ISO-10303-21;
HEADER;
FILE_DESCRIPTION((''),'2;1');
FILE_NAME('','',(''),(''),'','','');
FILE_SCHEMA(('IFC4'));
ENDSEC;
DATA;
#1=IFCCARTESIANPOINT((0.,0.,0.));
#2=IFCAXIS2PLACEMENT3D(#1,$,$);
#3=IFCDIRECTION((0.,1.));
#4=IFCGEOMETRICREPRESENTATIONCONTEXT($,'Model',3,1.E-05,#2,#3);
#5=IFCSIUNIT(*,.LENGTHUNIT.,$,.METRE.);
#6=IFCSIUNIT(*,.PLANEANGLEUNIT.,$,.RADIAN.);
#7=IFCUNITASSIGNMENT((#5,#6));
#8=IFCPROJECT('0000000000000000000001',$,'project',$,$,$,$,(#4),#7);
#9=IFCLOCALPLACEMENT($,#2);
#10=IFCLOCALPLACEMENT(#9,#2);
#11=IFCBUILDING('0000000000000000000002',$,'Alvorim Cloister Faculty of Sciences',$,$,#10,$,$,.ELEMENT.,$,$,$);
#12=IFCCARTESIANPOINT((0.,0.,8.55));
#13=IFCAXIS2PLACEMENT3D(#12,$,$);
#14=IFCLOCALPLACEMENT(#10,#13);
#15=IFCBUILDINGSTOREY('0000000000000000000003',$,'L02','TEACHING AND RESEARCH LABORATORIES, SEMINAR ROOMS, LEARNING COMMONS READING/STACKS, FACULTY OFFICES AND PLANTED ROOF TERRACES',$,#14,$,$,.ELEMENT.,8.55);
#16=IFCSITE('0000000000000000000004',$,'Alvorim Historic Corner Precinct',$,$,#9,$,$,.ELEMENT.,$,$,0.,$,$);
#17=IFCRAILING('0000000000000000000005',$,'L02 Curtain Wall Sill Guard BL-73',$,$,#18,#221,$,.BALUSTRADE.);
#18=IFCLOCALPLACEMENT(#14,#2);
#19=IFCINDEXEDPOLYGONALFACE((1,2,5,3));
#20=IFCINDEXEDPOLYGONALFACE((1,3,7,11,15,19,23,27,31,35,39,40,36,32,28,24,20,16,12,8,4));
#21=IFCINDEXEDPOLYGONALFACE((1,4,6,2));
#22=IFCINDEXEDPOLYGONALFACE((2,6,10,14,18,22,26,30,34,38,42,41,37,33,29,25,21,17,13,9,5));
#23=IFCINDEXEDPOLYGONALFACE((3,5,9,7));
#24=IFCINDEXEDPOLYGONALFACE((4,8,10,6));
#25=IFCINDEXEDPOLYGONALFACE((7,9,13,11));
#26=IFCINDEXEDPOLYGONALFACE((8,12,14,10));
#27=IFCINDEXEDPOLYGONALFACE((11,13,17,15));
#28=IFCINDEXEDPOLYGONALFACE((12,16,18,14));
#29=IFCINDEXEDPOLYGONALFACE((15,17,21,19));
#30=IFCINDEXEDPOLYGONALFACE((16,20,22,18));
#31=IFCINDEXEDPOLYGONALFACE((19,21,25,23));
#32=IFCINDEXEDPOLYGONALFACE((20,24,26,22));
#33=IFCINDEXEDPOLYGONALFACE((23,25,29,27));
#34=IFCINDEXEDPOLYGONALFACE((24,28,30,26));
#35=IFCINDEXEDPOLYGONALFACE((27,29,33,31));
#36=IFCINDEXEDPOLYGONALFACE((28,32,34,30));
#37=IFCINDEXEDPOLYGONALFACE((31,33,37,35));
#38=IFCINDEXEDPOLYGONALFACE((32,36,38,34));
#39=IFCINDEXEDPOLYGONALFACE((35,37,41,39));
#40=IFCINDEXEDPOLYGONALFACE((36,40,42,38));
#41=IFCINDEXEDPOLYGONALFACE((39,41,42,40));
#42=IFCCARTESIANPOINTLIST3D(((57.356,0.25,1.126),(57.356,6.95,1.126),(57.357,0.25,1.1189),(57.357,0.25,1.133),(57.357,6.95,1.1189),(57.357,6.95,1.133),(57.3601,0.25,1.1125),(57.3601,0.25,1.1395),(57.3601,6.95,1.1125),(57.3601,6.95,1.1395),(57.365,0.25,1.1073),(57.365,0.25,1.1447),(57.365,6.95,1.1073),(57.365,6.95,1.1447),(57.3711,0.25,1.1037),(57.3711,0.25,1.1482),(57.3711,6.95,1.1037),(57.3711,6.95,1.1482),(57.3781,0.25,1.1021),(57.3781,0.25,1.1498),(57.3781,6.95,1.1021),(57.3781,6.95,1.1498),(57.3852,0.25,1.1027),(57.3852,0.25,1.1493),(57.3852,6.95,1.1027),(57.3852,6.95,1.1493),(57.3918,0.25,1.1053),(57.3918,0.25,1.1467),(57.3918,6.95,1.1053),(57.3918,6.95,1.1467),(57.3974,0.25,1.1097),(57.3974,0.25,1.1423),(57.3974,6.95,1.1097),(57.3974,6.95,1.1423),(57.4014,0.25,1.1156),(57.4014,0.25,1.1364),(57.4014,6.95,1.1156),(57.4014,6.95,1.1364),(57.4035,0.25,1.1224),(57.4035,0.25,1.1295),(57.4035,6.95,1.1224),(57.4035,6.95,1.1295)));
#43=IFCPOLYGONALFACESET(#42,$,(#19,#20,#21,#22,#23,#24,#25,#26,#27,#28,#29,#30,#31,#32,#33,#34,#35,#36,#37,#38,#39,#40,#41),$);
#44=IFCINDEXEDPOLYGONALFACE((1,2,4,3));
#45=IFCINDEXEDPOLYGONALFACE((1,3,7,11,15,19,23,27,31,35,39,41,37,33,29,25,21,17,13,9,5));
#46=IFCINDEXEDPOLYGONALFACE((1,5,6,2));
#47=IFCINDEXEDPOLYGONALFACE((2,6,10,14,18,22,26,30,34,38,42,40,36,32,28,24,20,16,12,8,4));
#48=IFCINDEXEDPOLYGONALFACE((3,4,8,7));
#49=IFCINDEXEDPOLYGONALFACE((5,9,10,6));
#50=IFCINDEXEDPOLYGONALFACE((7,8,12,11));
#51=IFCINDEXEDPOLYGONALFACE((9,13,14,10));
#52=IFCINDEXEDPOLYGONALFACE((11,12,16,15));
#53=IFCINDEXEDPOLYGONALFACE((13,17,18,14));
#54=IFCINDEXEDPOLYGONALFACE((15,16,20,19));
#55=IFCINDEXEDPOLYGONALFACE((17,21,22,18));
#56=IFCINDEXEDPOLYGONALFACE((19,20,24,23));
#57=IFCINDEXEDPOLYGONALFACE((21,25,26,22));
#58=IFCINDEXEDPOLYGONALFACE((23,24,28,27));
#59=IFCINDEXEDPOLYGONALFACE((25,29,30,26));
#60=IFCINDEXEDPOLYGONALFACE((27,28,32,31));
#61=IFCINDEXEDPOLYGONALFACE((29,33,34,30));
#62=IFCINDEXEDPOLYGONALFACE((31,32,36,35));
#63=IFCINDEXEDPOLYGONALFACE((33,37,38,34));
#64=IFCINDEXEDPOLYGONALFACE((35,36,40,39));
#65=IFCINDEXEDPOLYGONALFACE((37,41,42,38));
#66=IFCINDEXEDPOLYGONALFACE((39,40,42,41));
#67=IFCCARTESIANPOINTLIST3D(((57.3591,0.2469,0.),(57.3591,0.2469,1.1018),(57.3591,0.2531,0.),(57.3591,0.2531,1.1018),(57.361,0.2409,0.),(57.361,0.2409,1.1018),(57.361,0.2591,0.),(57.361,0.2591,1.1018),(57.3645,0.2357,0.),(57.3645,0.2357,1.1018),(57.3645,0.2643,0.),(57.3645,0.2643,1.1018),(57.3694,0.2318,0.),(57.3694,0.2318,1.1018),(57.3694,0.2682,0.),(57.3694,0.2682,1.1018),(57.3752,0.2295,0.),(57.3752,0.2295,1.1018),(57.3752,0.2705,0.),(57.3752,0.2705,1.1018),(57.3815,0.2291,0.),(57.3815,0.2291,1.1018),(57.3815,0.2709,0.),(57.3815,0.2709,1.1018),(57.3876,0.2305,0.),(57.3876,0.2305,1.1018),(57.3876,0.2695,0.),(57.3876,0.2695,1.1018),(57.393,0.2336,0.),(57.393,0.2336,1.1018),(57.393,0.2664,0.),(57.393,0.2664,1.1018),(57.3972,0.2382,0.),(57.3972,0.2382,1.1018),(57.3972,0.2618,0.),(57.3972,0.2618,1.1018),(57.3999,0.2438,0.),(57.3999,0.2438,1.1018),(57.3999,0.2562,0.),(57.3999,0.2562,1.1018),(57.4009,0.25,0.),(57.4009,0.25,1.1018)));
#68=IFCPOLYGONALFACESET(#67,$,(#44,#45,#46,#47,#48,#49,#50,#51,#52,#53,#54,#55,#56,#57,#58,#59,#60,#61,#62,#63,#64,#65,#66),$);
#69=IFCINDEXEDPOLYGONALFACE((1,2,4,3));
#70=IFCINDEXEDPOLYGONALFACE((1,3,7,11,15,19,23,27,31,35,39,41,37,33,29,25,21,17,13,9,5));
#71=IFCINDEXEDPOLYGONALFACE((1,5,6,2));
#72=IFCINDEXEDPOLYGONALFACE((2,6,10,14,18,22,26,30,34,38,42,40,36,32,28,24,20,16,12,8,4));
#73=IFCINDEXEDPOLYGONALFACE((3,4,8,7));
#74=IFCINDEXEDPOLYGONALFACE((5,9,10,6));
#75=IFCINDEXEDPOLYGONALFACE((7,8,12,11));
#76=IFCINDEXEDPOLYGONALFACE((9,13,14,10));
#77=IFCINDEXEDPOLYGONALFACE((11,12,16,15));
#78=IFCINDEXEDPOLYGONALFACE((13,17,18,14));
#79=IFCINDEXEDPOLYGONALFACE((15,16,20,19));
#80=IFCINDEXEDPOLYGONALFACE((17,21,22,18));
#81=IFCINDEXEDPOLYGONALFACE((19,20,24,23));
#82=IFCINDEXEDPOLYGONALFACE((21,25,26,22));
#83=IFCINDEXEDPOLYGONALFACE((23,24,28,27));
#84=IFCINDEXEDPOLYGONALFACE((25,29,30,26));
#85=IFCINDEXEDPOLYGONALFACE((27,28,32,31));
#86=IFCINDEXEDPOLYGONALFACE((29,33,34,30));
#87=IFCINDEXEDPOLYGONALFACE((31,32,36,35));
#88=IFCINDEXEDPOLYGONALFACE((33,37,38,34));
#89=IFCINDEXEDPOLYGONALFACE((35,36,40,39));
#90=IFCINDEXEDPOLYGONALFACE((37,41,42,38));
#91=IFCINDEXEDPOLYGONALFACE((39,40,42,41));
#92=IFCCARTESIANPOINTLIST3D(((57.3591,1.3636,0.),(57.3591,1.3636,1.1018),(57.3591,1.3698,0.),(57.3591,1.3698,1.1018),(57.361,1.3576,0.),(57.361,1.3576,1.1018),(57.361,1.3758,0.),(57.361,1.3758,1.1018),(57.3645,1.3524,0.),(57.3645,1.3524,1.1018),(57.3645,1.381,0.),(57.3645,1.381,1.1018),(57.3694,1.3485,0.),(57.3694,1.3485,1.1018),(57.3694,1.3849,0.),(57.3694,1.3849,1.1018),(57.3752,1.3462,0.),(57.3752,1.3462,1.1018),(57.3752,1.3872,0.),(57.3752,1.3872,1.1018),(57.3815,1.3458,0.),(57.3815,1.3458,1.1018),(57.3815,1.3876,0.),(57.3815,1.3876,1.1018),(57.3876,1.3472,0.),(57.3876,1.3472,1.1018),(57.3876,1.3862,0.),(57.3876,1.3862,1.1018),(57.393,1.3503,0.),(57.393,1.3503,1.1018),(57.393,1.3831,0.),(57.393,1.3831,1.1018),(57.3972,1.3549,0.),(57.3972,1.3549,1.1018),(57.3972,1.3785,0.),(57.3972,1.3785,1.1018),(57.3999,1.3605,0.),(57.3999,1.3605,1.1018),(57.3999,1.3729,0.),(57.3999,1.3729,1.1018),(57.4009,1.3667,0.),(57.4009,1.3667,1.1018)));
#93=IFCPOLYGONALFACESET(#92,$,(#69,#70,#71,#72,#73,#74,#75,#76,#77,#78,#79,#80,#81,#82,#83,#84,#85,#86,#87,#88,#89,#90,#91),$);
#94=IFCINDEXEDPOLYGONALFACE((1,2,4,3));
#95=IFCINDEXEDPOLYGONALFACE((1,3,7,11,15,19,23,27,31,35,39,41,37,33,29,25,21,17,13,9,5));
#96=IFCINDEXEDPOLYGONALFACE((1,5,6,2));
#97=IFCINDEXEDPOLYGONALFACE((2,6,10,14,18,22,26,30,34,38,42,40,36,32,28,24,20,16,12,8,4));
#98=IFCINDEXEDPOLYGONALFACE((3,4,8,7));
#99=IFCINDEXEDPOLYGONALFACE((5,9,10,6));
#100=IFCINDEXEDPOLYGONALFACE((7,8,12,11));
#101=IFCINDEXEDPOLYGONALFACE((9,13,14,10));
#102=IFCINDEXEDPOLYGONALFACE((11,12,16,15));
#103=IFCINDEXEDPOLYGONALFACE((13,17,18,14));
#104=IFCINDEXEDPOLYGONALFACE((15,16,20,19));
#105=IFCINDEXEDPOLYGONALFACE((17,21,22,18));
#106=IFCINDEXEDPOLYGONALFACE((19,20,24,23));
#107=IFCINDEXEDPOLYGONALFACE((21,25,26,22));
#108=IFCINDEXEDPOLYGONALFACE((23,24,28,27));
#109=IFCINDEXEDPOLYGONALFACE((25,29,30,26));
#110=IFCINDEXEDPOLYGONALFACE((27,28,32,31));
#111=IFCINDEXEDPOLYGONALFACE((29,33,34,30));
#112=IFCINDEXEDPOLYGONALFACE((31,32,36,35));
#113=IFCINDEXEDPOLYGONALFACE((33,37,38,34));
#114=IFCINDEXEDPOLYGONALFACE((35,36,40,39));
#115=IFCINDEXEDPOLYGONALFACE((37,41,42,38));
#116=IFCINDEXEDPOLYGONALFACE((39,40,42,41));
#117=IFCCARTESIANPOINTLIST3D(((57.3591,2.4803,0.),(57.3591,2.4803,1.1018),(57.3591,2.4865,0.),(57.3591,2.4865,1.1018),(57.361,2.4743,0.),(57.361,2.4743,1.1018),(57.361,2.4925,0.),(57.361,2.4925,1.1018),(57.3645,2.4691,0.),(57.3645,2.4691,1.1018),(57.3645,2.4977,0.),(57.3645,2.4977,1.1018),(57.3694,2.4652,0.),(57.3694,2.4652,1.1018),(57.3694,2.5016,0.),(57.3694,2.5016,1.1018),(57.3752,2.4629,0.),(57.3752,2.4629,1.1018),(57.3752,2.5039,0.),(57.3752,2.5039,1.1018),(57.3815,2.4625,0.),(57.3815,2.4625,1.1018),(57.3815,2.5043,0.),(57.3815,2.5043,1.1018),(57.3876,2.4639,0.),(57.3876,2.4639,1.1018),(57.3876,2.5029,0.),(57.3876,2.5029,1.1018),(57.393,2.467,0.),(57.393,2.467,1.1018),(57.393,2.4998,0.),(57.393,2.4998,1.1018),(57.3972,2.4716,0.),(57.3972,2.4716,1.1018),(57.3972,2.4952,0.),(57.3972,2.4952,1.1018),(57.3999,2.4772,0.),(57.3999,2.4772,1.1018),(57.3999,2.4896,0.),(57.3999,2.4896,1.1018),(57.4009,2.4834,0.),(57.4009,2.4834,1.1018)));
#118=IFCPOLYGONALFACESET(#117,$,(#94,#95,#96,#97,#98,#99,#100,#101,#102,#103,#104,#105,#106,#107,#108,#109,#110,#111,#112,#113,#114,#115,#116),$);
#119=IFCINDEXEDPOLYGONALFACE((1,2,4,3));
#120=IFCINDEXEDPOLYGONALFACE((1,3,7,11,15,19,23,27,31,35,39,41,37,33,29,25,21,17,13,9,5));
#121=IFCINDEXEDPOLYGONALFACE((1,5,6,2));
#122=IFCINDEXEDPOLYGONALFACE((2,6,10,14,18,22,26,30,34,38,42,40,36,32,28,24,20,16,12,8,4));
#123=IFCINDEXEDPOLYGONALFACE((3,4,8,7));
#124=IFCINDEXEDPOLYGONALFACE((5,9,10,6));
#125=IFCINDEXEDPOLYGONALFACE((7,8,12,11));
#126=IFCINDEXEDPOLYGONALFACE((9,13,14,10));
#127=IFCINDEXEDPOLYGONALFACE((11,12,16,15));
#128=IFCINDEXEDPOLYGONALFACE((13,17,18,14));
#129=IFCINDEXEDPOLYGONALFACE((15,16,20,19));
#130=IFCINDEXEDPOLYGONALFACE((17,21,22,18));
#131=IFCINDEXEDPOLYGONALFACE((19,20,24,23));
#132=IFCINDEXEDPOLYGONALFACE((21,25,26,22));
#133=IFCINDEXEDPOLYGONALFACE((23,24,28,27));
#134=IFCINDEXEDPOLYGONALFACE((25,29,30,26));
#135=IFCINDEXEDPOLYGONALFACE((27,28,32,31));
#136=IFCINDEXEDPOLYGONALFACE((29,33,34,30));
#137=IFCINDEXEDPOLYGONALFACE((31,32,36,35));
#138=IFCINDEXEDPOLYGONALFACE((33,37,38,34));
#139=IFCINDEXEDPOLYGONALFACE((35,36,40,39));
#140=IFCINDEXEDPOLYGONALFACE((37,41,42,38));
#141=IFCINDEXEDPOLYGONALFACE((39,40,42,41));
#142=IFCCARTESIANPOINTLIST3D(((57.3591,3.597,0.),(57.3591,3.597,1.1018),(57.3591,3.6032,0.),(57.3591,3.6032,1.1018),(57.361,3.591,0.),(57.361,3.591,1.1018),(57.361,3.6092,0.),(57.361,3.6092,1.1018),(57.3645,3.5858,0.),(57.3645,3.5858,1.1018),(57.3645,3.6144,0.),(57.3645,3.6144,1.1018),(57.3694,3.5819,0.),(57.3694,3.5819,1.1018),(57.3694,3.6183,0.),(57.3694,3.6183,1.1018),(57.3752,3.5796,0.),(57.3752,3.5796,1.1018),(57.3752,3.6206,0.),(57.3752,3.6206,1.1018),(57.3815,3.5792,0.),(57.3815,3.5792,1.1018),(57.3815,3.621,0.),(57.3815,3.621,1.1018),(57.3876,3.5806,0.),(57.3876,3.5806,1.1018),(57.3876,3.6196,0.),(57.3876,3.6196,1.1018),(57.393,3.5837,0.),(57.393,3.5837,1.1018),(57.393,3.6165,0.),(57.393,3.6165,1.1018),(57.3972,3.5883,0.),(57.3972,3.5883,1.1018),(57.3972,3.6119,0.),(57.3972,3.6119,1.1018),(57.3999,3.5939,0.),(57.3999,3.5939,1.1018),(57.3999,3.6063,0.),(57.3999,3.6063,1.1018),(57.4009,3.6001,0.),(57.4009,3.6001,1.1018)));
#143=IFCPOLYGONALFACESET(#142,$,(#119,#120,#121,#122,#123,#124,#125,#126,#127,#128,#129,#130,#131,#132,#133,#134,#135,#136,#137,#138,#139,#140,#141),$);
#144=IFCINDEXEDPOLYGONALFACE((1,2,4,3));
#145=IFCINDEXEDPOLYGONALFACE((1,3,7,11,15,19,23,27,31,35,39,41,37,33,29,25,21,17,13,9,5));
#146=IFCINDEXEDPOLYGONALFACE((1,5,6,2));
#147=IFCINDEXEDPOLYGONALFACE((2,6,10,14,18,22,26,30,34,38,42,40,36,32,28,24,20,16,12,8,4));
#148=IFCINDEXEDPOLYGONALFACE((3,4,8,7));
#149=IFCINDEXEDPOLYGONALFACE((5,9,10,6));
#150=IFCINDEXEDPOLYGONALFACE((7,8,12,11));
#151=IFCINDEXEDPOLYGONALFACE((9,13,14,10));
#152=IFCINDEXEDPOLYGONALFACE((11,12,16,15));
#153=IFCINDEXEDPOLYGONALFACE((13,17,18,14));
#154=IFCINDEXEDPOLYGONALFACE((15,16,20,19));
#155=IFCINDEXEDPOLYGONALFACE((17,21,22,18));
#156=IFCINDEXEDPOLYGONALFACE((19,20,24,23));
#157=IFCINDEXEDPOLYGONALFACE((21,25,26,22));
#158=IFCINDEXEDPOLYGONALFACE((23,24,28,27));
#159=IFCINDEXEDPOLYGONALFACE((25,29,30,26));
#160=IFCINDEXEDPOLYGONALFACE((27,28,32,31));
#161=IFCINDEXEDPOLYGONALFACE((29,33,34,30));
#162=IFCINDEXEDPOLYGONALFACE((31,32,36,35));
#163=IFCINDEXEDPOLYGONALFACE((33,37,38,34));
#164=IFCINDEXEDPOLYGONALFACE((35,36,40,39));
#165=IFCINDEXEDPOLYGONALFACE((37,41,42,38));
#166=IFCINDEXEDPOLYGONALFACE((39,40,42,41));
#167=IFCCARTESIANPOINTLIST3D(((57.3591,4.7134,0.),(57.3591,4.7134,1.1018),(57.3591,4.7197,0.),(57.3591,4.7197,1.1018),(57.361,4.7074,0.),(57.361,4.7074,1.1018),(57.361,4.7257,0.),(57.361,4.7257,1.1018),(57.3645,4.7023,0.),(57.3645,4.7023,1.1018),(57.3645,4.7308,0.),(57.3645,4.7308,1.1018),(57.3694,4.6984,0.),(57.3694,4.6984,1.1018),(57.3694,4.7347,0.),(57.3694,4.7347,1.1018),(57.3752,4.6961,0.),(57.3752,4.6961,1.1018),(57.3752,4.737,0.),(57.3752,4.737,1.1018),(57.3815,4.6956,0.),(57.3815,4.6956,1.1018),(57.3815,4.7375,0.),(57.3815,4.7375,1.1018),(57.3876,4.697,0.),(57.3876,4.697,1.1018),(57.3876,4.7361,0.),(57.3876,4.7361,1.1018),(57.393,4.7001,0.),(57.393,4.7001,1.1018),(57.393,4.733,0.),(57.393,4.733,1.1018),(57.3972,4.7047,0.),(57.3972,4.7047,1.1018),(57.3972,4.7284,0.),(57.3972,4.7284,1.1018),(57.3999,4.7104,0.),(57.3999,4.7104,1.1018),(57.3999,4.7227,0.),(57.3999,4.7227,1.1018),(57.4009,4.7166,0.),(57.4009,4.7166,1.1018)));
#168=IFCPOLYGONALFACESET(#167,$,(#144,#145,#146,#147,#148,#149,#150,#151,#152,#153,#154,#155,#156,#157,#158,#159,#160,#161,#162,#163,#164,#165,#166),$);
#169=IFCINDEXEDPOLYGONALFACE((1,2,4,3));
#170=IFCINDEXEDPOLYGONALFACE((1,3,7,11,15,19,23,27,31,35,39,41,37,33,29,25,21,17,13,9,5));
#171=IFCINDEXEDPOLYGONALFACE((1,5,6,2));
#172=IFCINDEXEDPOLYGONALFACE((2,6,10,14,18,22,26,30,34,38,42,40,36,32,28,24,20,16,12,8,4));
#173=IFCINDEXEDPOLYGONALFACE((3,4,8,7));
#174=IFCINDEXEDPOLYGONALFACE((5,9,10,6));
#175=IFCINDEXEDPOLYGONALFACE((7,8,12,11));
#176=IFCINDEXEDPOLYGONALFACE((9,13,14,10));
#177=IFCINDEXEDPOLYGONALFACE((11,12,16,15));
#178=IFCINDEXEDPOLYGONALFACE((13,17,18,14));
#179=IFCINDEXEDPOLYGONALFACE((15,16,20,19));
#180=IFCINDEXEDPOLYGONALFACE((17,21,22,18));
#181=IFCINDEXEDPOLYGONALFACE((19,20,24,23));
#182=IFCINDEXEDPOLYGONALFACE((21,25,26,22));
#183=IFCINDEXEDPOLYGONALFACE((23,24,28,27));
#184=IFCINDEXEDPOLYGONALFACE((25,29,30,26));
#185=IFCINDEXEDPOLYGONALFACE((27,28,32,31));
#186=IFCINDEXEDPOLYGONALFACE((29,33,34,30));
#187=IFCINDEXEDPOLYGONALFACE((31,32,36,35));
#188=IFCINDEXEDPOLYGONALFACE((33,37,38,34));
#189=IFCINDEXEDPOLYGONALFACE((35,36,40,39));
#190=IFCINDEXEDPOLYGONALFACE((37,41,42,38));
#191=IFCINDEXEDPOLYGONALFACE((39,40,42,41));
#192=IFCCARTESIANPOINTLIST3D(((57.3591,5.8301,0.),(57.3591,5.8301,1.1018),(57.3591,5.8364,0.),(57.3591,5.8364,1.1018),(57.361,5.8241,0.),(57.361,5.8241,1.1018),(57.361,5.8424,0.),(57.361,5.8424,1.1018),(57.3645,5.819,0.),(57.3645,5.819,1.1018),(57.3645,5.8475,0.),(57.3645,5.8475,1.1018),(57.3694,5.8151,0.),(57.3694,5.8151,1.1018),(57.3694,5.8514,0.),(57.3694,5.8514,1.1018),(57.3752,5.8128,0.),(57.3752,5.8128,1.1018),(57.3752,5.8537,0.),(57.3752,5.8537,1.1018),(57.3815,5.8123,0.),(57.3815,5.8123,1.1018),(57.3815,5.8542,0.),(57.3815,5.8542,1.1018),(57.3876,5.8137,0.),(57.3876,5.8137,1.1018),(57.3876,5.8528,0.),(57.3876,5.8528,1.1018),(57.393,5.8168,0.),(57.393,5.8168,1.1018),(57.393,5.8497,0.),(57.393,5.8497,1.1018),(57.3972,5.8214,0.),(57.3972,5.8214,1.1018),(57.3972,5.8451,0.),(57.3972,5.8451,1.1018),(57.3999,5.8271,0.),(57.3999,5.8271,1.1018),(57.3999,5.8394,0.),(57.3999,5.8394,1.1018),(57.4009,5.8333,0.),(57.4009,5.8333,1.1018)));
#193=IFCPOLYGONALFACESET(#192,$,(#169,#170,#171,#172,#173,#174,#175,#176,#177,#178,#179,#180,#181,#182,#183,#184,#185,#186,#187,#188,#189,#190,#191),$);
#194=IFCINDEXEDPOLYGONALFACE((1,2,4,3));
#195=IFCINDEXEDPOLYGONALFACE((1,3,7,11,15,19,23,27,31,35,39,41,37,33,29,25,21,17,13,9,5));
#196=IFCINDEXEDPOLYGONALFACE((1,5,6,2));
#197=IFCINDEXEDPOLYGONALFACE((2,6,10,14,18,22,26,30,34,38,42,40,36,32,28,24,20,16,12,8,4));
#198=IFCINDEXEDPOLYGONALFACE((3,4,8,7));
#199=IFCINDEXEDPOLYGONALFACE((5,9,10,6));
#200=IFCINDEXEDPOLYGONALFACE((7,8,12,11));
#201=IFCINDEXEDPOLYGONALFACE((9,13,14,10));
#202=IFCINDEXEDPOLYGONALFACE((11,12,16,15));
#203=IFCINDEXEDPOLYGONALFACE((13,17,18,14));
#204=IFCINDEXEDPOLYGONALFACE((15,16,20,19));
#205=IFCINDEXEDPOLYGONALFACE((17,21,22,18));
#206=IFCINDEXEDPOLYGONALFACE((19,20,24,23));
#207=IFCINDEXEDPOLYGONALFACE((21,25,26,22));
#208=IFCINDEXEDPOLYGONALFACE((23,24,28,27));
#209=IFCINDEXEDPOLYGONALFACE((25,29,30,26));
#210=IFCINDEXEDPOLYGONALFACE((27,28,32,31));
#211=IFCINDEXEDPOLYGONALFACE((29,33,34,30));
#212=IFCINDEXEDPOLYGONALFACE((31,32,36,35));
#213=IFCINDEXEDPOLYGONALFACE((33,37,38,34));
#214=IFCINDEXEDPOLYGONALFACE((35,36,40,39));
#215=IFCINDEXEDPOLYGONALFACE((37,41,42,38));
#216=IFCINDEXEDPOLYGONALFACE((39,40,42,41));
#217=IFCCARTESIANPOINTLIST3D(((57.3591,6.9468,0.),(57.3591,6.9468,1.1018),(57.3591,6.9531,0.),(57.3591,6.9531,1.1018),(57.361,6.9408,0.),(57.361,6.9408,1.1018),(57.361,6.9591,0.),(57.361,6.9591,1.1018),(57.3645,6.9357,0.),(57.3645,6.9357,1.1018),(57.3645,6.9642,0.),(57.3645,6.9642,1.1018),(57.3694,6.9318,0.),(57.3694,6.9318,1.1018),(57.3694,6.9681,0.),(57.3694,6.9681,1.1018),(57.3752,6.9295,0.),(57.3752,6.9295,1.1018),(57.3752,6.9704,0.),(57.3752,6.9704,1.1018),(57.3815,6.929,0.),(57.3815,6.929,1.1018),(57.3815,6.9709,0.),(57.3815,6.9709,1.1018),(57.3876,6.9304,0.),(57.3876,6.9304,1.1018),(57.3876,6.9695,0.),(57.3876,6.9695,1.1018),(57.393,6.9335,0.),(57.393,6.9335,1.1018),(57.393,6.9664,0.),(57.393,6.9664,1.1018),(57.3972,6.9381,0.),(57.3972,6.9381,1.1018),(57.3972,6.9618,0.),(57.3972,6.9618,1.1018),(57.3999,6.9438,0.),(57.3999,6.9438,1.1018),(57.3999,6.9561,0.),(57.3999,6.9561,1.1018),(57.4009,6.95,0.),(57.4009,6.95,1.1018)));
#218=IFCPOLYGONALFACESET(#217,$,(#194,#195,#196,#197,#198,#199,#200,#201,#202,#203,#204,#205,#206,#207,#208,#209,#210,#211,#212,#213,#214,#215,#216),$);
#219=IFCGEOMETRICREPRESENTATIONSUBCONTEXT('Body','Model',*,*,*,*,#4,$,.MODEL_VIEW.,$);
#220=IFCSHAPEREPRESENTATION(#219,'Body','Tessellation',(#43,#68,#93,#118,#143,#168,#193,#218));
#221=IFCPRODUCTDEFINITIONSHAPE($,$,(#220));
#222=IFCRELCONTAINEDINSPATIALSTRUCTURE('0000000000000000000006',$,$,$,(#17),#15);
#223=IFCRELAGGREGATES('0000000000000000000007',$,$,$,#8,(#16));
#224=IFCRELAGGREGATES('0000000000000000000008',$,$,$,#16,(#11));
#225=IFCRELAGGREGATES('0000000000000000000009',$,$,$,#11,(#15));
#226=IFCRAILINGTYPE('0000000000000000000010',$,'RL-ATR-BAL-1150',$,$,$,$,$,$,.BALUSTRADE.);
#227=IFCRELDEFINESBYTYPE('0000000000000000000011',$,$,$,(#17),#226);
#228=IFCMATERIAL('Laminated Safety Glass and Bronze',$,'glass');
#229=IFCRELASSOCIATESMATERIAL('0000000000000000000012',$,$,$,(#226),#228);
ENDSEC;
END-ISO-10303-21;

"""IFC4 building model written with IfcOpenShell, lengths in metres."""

from ifc_helpers import new_model, si_unit, direction, frame, origin, origin_2d, place, context, subcontext, project, spatial, circle, extrude, material, type_object, element, save


model = new_model("IFC4")

# Units and contexts
model_context = context("Model", 3, precision=1e-05, world=origin(), true_north=direction((0.0, 1.0)))
body_context = subcontext(model_context, "Body", "Model", "MODEL_VIEW")
ifc_project = project(units=[si_unit("LENGTHUNIT", "METRE"), si_unit("PLANEANGLEUNIT", "RADIAN")], contexts=[model_context])

# Site, building, storey
site_placement = place(None, origin())
site = spatial("IfcSite", under=ifc_project, at=site_placement, Name="Alvorim Historic Corner Precinct", CompositionType="ELEMENT", RefElevation=0.0)
building_placement = place(site_placement, origin())
building = spatial("IfcBuilding", under=site, at=building_placement, Name="Alvorim Cloister Faculty of Sciences", CompositionType="ELEMENT")
storey_placement = place(building_placement, frame((0.0, 0.0, 8.55)))
storey = spatial("IfcBuildingStorey", under=building, at=storey_placement, Name="L02", Description="TEACHING AND RESEARCH LABORATORIES, SEMINAR ROOMS, LEARNING COMMONS READING/STACKS, FACULTY OFFICES AND PLANTED ROOF TERRACES", CompositionType="ELEMENT", Elevation=8.55)

# Railing
ifc_material_1 = material(Name="Laminated Safety Glass and Bronze", Category="glass")
railing_type_1 = type_object("IfcRailingType", Name="RL-ATR-BAL-1150", PredefinedType="BALUSTRADE", material=ifc_material_1)
railing_1_placement = place(storey_placement, frame((57.3799, 0.25, 0.0)))
element("IfcRailing", 1, at=railing_1_placement, inside=storey, type_object=railing_type_1, Name="L02 Curtain Wall Sill Guard BL-73", PredefinedType="BALUSTRADE", context=body_context, shape_type="SweptSolid", body=[
    extrude(circle(Radius=0.0239, at=origin_2d()), frame((0.0, 0.0, 1.126), z_axis=(0.0, 1.0, 0.0), x_axis=(-1.0, 0.0, 0.0)), (0.0, 0.0, 1.0), 6.7),
    extrude(circle(Radius=0.021, at=origin_2d()), origin(), (0.0, 0.0, 1.0), 1.1018),
    extrude(circle(Radius=0.021, at=origin_2d()), frame((0.0, 1.1167, 0.0)), (0.0, 0.0, 1.0), 1.1018),
    extrude(circle(Radius=0.021, at=origin_2d()), frame((0.0, 2.2334, 0.0)), (0.0, 0.0, 1.0), 1.1018),
    extrude(circle(Radius=0.021, at=origin_2d()), frame((0.0, 3.3501, 0.0)), (0.0, 0.0, 1.0), 1.1018),
    extrude(circle(Radius=0.021, at=origin_2d()), frame((0.0, 4.4666, 0.0)), (0.0, 0.0, 1.0), 1.1018),
    extrude(circle(Radius=0.021, at=origin_2d()), frame((0.0, 5.5833, 0.0)), (0.0, 0.0, 1.0), 1.1018),
    extrude(circle(Radius=0.021, at=origin_2d()), frame((0.0, 6.7, 0.0)), (0.0, 0.0, 1.0), 1.1018),
])

save(model, "model.ifc")
